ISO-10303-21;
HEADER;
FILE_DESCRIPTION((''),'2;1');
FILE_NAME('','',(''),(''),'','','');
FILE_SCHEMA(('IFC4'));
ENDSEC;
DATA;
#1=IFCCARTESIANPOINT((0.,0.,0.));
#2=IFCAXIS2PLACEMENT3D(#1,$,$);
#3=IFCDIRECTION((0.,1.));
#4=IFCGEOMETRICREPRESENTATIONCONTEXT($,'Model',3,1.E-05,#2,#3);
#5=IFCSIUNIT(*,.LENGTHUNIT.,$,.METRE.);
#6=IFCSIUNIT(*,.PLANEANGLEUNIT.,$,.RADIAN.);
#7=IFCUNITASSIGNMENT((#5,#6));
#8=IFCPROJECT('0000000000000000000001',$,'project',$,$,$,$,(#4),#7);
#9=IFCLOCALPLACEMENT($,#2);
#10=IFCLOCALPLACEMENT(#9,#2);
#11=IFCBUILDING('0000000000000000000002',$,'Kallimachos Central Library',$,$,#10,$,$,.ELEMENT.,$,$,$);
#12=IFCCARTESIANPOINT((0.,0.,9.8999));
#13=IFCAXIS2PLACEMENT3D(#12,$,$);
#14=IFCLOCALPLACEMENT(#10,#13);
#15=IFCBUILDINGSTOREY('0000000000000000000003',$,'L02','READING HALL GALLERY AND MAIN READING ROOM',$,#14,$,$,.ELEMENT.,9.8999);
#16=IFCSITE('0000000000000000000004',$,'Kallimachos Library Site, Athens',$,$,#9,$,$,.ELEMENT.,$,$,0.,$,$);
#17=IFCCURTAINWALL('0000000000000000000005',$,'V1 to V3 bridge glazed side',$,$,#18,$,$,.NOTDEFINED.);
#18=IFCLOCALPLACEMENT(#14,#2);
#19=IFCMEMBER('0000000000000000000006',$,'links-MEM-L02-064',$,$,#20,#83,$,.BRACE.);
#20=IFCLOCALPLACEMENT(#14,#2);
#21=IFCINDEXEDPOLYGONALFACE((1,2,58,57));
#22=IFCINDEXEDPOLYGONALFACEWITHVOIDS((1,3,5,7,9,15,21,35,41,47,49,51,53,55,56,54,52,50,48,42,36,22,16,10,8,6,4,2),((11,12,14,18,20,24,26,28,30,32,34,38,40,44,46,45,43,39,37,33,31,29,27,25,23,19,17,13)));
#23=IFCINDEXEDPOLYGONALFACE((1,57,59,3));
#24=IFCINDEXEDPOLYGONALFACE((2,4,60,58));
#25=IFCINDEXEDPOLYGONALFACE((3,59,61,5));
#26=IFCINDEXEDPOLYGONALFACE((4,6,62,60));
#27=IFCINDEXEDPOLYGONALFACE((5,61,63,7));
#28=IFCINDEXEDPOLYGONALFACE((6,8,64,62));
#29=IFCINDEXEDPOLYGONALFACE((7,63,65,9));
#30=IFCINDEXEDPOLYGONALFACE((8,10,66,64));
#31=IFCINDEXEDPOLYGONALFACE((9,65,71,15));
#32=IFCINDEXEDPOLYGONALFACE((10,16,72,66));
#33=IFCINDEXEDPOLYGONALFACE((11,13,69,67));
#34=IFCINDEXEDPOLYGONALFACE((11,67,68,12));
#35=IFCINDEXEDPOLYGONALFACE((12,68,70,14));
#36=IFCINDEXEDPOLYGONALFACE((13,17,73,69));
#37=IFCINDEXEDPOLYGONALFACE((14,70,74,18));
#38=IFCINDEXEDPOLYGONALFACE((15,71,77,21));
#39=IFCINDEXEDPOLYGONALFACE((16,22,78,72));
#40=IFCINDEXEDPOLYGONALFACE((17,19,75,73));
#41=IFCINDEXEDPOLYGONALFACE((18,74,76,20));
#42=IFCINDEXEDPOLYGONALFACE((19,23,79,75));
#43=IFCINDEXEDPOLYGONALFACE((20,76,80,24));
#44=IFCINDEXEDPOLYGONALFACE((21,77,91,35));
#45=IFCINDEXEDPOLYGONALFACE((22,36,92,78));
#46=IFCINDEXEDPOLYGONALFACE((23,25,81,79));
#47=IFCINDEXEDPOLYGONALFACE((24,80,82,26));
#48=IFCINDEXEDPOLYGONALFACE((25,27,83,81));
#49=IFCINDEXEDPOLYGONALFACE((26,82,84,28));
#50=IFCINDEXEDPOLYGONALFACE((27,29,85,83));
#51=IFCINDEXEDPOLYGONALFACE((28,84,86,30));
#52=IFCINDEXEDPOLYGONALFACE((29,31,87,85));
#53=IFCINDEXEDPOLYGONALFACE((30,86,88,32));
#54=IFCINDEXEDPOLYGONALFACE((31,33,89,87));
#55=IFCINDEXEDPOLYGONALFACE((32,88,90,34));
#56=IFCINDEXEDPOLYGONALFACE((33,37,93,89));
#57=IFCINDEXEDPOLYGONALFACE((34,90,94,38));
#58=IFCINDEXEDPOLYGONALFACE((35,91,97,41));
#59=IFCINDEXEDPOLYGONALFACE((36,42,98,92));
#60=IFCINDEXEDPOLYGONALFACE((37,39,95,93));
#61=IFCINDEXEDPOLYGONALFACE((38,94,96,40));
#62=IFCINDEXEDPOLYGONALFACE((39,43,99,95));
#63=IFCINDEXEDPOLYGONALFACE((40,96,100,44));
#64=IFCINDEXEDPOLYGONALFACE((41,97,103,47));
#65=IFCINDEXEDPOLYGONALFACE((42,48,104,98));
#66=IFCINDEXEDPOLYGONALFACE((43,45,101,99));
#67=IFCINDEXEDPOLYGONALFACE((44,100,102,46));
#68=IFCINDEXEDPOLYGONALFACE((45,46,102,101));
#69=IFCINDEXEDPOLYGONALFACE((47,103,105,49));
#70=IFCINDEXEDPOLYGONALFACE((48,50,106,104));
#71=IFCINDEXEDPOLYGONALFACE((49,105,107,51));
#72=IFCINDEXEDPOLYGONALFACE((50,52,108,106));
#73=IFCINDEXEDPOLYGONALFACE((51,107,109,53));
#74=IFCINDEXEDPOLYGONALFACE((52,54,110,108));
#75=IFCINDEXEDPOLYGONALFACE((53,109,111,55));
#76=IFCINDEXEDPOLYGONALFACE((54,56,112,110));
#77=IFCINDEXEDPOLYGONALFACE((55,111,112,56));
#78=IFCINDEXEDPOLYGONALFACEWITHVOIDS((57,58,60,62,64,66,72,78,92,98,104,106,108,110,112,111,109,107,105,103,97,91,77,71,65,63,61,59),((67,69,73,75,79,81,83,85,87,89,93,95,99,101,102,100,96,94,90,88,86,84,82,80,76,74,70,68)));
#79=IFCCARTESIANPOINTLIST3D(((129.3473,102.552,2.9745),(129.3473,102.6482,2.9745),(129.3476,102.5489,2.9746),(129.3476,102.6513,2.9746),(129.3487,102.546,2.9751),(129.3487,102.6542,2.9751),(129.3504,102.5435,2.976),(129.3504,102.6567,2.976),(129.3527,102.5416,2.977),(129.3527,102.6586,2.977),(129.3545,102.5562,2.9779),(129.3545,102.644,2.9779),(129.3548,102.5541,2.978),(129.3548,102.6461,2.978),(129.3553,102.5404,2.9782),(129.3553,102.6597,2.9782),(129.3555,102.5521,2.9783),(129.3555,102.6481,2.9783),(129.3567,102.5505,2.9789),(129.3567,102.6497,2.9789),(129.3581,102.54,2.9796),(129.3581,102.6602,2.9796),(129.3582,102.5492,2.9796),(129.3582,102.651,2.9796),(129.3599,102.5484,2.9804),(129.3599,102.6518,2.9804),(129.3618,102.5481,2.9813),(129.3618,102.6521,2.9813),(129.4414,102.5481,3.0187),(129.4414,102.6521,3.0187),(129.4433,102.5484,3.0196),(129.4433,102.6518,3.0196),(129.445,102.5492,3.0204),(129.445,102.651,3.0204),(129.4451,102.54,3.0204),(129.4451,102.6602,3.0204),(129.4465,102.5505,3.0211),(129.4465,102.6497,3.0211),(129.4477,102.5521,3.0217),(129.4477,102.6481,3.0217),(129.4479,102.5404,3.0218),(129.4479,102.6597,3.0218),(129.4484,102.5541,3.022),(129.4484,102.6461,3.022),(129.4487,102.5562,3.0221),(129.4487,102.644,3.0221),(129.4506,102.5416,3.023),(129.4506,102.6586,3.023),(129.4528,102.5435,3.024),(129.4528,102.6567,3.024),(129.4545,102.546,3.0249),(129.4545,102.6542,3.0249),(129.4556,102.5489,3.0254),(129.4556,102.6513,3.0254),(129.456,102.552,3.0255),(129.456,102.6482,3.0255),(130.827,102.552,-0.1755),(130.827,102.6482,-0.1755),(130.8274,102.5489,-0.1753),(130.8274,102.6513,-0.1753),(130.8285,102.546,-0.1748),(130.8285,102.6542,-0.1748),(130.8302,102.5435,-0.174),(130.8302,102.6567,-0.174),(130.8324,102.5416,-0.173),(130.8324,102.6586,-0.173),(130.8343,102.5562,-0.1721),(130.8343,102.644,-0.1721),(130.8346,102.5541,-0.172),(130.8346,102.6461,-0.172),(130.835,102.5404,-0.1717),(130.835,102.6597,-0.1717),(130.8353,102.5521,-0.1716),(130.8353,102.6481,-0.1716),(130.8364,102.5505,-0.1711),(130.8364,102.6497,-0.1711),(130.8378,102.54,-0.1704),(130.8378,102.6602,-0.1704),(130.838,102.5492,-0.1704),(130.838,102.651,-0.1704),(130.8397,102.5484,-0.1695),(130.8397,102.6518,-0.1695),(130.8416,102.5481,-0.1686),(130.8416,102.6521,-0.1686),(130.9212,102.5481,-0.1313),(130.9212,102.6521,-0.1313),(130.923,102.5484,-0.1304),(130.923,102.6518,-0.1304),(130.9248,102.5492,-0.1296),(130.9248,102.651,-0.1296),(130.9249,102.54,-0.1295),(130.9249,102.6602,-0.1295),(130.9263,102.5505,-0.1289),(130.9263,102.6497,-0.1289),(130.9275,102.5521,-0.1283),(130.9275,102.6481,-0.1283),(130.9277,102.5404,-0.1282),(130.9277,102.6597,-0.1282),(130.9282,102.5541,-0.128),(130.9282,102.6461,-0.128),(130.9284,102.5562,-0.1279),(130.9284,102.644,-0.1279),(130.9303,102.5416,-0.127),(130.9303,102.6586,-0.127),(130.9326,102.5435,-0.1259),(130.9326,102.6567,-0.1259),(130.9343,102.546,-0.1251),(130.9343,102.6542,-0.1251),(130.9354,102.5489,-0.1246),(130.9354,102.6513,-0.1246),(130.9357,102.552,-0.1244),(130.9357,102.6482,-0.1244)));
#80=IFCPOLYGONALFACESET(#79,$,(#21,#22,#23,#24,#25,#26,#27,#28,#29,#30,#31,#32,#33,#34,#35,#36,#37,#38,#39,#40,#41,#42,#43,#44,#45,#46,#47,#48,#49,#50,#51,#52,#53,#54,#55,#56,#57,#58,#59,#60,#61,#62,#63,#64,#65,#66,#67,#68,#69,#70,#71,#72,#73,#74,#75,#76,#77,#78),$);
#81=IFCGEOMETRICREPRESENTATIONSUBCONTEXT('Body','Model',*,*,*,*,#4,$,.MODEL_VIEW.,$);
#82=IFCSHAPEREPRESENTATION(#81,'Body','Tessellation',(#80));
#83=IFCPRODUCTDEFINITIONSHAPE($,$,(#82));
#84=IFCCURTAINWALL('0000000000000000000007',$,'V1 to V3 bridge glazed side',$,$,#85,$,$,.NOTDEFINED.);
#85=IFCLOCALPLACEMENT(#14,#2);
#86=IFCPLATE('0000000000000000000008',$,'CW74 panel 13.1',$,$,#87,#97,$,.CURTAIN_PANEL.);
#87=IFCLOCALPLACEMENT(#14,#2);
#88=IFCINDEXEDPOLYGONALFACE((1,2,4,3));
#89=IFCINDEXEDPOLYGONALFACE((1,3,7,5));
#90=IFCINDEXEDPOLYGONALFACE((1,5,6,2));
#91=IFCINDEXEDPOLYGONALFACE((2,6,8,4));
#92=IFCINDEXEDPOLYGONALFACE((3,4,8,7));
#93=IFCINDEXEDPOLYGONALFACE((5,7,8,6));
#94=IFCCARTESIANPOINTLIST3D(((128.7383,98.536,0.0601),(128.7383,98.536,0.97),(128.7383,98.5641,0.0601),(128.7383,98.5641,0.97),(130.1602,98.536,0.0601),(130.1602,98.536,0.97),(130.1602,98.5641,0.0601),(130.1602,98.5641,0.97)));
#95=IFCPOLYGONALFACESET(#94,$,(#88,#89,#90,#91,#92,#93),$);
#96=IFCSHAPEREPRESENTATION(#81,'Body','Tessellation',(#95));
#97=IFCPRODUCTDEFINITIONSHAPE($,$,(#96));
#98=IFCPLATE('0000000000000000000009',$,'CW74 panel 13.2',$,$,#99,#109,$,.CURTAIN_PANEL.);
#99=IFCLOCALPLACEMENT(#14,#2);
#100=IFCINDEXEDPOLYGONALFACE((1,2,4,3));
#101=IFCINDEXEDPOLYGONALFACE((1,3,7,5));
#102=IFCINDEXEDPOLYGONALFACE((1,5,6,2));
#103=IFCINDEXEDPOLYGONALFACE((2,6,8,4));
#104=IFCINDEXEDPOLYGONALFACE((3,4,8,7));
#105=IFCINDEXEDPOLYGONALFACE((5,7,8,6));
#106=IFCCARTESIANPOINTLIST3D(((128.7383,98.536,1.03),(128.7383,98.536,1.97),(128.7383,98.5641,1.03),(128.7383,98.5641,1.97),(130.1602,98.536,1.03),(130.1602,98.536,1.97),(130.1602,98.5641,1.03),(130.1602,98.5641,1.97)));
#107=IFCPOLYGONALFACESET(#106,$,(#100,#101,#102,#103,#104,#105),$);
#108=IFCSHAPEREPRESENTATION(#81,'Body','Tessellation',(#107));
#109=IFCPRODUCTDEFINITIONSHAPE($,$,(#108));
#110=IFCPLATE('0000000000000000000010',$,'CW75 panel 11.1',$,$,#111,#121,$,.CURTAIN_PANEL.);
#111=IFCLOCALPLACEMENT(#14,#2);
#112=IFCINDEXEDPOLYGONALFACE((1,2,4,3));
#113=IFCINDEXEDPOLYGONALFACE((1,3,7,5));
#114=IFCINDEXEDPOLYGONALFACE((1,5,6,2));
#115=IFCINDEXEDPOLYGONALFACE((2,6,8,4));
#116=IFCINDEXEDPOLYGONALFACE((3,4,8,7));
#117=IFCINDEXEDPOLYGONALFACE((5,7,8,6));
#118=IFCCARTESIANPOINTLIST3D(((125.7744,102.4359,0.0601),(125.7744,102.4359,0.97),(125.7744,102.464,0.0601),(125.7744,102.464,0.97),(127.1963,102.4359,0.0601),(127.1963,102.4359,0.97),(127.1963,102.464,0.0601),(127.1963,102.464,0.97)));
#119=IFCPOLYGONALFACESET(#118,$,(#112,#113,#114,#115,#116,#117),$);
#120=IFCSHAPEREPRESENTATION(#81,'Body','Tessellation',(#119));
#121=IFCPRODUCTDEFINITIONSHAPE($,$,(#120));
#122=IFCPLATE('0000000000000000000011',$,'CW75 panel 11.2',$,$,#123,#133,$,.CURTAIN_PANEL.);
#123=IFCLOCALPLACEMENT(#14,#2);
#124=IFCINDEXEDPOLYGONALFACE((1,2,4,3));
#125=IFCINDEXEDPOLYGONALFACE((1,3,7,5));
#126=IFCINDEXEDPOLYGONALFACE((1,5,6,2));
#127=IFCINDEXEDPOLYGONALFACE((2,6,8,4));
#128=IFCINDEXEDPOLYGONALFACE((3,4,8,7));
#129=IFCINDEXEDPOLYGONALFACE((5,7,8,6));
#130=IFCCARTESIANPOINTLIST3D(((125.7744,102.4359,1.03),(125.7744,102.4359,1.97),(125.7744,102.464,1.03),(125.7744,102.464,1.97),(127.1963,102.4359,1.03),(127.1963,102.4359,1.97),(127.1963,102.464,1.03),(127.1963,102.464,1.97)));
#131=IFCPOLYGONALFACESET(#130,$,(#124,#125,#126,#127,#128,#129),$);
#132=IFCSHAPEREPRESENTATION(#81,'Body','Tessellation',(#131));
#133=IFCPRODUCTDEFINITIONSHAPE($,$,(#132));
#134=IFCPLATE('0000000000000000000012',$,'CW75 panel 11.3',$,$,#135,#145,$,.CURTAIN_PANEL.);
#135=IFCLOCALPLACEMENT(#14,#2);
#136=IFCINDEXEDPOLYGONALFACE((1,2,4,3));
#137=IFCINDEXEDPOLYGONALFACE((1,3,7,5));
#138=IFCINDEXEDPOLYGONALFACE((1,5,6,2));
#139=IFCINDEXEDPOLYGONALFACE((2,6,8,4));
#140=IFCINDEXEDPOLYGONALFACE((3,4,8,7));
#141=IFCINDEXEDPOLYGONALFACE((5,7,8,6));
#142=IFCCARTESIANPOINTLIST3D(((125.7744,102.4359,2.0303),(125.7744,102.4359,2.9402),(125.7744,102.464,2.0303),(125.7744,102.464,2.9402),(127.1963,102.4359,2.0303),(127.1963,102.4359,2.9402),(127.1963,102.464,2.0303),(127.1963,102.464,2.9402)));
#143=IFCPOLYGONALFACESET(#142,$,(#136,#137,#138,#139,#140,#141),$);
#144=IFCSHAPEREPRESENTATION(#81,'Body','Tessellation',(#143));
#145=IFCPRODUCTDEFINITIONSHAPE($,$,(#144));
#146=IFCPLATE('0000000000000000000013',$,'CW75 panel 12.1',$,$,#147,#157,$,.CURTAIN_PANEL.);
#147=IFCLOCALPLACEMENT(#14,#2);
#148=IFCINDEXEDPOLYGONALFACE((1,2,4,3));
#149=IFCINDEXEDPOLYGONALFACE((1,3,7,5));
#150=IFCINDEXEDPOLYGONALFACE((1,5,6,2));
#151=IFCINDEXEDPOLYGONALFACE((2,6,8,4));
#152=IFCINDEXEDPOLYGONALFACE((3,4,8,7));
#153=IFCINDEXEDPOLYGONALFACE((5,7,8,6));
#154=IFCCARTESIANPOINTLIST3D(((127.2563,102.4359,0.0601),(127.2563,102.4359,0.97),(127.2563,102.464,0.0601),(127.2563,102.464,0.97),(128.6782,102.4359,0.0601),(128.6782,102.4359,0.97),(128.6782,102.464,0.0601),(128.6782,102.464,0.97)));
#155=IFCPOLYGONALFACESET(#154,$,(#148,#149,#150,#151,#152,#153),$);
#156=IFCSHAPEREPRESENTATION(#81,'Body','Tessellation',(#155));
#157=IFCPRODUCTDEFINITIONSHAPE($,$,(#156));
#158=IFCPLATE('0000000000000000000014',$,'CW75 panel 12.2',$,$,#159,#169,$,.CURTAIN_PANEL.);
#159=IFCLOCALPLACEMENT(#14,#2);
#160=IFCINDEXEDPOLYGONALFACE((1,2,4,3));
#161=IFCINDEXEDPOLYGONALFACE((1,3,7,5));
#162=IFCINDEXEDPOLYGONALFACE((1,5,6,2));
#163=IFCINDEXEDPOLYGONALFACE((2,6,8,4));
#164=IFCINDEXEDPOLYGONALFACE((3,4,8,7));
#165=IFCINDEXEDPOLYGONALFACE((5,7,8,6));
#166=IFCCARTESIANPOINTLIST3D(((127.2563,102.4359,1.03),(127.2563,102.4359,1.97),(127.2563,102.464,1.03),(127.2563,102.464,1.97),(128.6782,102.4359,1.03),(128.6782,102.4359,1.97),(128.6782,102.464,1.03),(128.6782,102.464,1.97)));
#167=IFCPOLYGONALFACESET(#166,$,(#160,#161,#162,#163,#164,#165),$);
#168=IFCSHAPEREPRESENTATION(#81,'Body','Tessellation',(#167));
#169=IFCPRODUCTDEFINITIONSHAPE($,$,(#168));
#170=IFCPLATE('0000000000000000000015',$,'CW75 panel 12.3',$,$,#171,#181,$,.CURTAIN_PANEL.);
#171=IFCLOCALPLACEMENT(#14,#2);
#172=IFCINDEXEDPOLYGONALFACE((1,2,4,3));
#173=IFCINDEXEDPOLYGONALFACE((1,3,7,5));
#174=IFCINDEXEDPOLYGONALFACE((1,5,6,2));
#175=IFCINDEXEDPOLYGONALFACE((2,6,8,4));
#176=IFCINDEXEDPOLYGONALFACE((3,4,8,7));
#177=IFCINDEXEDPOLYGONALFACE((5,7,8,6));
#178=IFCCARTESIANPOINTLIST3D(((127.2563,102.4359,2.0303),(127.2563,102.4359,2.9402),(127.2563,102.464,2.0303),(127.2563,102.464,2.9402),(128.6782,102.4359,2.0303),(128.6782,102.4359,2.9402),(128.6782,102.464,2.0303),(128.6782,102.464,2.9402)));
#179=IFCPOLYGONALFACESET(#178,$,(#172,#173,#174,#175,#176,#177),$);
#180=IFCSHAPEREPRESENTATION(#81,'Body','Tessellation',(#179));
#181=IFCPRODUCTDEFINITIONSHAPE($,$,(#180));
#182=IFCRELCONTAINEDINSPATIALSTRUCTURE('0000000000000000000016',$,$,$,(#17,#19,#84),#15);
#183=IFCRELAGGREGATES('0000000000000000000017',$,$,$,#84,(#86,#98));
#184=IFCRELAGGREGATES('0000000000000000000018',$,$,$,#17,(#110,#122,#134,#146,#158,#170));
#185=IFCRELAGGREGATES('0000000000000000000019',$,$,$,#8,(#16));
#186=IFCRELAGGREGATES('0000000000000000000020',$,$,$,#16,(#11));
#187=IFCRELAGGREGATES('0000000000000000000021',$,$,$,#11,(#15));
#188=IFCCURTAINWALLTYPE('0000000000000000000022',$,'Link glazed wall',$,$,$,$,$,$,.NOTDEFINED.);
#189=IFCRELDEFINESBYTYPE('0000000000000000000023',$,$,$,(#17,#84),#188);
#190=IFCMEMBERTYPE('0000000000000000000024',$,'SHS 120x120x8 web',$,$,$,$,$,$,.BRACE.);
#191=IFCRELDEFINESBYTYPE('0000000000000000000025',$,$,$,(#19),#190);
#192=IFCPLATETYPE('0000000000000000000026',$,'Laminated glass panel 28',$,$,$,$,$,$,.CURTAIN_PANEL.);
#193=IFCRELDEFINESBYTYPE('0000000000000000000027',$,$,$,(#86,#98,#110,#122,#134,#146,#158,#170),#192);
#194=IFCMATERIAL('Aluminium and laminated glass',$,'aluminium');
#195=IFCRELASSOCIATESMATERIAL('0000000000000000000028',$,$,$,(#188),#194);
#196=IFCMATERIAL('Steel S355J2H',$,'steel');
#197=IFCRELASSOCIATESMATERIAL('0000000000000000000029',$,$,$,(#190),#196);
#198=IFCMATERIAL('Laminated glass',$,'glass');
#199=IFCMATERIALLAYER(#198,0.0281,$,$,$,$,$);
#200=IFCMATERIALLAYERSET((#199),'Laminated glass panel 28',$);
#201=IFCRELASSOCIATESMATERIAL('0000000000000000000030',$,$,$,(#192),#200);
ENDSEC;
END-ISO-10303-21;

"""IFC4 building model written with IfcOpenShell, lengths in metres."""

from ifc_helpers import new_model, si_unit, direction, frame, origin, origin_2d, place, context, subcontext, project, spatial, rectangle, hollow_rectangle, extrude, material, layer, layer_set, material_profile, profile_set, type_object, element, aggregate, save


model = new_model("IFC4")

# Units and contexts
model_context = context("Model", 3, precision=1e-05, world=origin(), true_north=direction((0.0, 1.0)))
body_context = subcontext(model_context, "Body", "Model", "MODEL_VIEW")
ifc_project = project(units=[si_unit("LENGTHUNIT", "METRE"), si_unit("PLANEANGLEUNIT", "RADIAN")], contexts=[model_context])

# Site, building, storey
site_placement = place(None, origin())
site = spatial("IfcSite", under=ifc_project, at=site_placement, Name="Kallimachos Library Site, Athens", CompositionType="ELEMENT", RefElevation=0.0)
building_placement = place(site_placement, origin())
building = spatial("IfcBuilding", under=site, at=building_placement, Name="Kallimachos Central Library", CompositionType="ELEMENT")
storey_placement = place(building_placement, frame((0.0, 0.0, 9.8999)))
storey = spatial("IfcBuildingStorey", under=building, at=storey_placement, Name="L02", Description="READING HALL GALLERY AND MAIN READING ROOM", CompositionType="ELEMENT", Elevation=9.8999)

# Curtain wall
ifc_material_1 = material(Name="Aluminium and laminated glass", Category="aluminium")
curtain_wall_type = type_object("IfcCurtainWallType", Name="Link glazed wall", PredefinedType="NOTDEFINED", material=ifc_material_1)
curtain_wall_1_placement = place(storey_placement, origin())
curtain_wall_1 = element("IfcCurtainWall", 1, at=curtain_wall_1_placement, inside=storey, type_object=curtain_wall_type, Name="V1 to V3 bridge glazed side", PredefinedType="NOTDEFINED")

# Member
ifc_material_2 = material(Name="Steel S355J2H", Category="steel")
ifc_material_profile_1 = material_profile(ifc_material_2, hollow_rectangle(XDim=0.1201, YDim=0.1201, WallThickness=0.0081, InnerFilletRadius=0.0081, OuterFilletRadius=0.012, at=origin_2d()), Name="SHS 120x120x8")
ifc_profile_set_1 = profile_set([ifc_material_profile_1], Name="Steel S355J2H")
member_type_1 = type_object("IfcMemberType", Name="SHS 120x120x8 web", PredefinedType="BRACE", material=ifc_profile_set_1)
for number, where, z_axis, x_axis, name in (
    (2, (129.4016, 102.6001, 3.0), (0.425192, 0.0, -0.905103), (0.0, 1.0, 0.0), "links-MEM-L02-064"),
):
    element("IfcMember", number, at=place(storey_placement, frame(where, z_axis=z_axis, x_axis=x_axis)), inside=storey, type_object=member_type_1, Name=name, PredefinedType="BRACE", context=body_context, shape_type="SweptSolid", body=[
        extrude(hollow_rectangle(XDim=0.1201, YDim=0.1201, WallThickness=0.0081, InnerFilletRadius=0.0081, OuterFilletRadius=0.012, at=origin_2d()), origin(), (0.0, 0.0, 1.0), 3.4802),
    ])

# Curtain wall, plates
curtain_wall_2_placement = place(storey_placement, origin())
curtain_wall_2 = element("IfcCurtainWall", 3, at=curtain_wall_2_placement, inside=storey, type_object=curtain_wall_type, Name="V1 to V3 bridge glazed side", PredefinedType="NOTDEFINED")
ifc_material_3 = material(Name="Laminated glass", Category="glass")
ifc_layer = layer(ifc_material_3, 0.0281)
ifc_layer_set = layer_set([ifc_layer], Name="Laminated glass panel 28")
plate_type = type_object("IfcPlateType", Name="Laminated glass panel 28", PredefinedType="CURTAIN_PANEL", material=ifc_layer_set)
plate_1_placement = place(storey_placement, frame((129.4492, 98.55, 0.0601), z_axis=(0.0, 0.0, 1.0), x_axis=(1.0, 0.0, 0.0)))
plate_1 = element("IfcPlate", 4, at=plate_1_placement, type_object=plate_type, Name="CW74 panel 13.1", PredefinedType="CURTAIN_PANEL", context=body_context, shape_type="SweptSolid", body=[
    extrude(rectangle(XDim=1.4219, YDim=0.0281, at=origin_2d()), origin(), (0.0, 0.0, 1.0), 0.9099),
])
plate_2_placement = place(storey_placement, frame((129.4492, 98.55, 1.03), z_axis=(0.0, 0.0, 1.0), x_axis=(1.0, 0.0, 0.0)))
plate_2 = element("IfcPlate", 5, at=plate_2_placement, type_object=plate_type, Name="CW74 panel 13.2", PredefinedType="CURTAIN_PANEL", context=body_context, shape_type="SweptSolid", body=[
    extrude(rectangle(XDim=1.4219, YDim=0.0281, at=origin_2d()), origin(), (0.0, 0.0, 1.0), 0.9399),
])
aggregate(curtain_wall_2, [plate_1, plate_2])

# Plates
plate_3_placement = place(storey_placement, frame((126.4854, 102.45, 0.0601), z_axis=(0.0, 0.0, 1.0), x_axis=(1.0, 0.0, 0.0)))
plate_3 = element("IfcPlate", 6, at=plate_3_placement, type_object=plate_type, Name="CW75 panel 11.1", PredefinedType="CURTAIN_PANEL", context=body_context, shape_type="SweptSolid", body=[
    extrude(rectangle(XDim=1.4219, YDim=0.0281, at=origin_2d()), origin(), (0.0, 0.0, 1.0), 0.9099),
])
plate_4_placement = place(storey_placement, frame((126.4854, 102.45, 1.03), z_axis=(0.0, 0.0, 1.0), x_axis=(1.0, 0.0, 0.0)))
plate_4 = element("IfcPlate", 7, at=plate_4_placement, type_object=plate_type, Name="CW75 panel 11.2", PredefinedType="CURTAIN_PANEL", context=body_context, shape_type="SweptSolid", body=[
    extrude(rectangle(XDim=1.4219, YDim=0.0281, at=origin_2d()), origin(), (0.0, 0.0, 1.0), 0.9399),
])
plate_5_placement = place(storey_placement, frame((126.4854, 102.45, 2.0303), z_axis=(0.0, 0.0, 1.0), x_axis=(1.0, 0.0, 0.0)))
plate_5 = element("IfcPlate", 8, at=plate_5_placement, type_object=plate_type, Name="CW75 panel 11.3", PredefinedType="CURTAIN_PANEL", context=body_context, shape_type="SweptSolid", body=[
    extrude(rectangle(XDim=1.4219, YDim=0.0281, at=origin_2d()), origin(), (0.0, 0.0, 1.0), 0.9099),
])
plate_6_placement = place(storey_placement, frame((127.9673, 102.45, 0.0601), z_axis=(0.0, 0.0, 1.0), x_axis=(1.0, 0.0, 0.0)))
plate_6 = element("IfcPlate", 9, at=plate_6_placement, type_object=plate_type, Name="CW75 panel 12.1", PredefinedType="CURTAIN_PANEL", context=body_context, shape_type="SweptSolid", body=[
    extrude(rectangle(XDim=1.4219, YDim=0.0281, at=origin_2d()), origin(), (0.0, 0.0, 1.0), 0.9099),
])
plate_7_placement = place(storey_placement, frame((127.9673, 102.45, 1.03), z_axis=(0.0, 0.0, 1.0), x_axis=(1.0, 0.0, 0.0)))
plate_7 = element("IfcPlate", 10, at=plate_7_placement, type_object=plate_type, Name="CW75 panel 12.2", PredefinedType="CURTAIN_PANEL", context=body_context, shape_type="SweptSolid", body=[
    extrude(rectangle(XDim=1.4219, YDim=0.0281, at=origin_2d()), origin(), (0.0, 0.0, 1.0), 0.9399),
])
plate_8_placement = place(storey_placement, frame((127.9673, 102.45, 2.0303), z_axis=(0.0, 0.0, 1.0), x_axis=(1.0, 0.0, 0.0)))
plate_8 = element("IfcPlate", 11, at=plate_8_placement, type_object=plate_type, Name="CW75 panel 12.3", PredefinedType="CURTAIN_PANEL", context=body_context, shape_type="SweptSolid", body=[
    extrude(rectangle(XDim=1.4219, YDim=0.0281, at=origin_2d()), origin(), (0.0, 0.0, 1.0), 0.9099),
])
aggregate(curtain_wall_1, [plate_3, plate_4, plate_5, plate_6, plate_7, plate_8])

save(model, "model.ifc")
